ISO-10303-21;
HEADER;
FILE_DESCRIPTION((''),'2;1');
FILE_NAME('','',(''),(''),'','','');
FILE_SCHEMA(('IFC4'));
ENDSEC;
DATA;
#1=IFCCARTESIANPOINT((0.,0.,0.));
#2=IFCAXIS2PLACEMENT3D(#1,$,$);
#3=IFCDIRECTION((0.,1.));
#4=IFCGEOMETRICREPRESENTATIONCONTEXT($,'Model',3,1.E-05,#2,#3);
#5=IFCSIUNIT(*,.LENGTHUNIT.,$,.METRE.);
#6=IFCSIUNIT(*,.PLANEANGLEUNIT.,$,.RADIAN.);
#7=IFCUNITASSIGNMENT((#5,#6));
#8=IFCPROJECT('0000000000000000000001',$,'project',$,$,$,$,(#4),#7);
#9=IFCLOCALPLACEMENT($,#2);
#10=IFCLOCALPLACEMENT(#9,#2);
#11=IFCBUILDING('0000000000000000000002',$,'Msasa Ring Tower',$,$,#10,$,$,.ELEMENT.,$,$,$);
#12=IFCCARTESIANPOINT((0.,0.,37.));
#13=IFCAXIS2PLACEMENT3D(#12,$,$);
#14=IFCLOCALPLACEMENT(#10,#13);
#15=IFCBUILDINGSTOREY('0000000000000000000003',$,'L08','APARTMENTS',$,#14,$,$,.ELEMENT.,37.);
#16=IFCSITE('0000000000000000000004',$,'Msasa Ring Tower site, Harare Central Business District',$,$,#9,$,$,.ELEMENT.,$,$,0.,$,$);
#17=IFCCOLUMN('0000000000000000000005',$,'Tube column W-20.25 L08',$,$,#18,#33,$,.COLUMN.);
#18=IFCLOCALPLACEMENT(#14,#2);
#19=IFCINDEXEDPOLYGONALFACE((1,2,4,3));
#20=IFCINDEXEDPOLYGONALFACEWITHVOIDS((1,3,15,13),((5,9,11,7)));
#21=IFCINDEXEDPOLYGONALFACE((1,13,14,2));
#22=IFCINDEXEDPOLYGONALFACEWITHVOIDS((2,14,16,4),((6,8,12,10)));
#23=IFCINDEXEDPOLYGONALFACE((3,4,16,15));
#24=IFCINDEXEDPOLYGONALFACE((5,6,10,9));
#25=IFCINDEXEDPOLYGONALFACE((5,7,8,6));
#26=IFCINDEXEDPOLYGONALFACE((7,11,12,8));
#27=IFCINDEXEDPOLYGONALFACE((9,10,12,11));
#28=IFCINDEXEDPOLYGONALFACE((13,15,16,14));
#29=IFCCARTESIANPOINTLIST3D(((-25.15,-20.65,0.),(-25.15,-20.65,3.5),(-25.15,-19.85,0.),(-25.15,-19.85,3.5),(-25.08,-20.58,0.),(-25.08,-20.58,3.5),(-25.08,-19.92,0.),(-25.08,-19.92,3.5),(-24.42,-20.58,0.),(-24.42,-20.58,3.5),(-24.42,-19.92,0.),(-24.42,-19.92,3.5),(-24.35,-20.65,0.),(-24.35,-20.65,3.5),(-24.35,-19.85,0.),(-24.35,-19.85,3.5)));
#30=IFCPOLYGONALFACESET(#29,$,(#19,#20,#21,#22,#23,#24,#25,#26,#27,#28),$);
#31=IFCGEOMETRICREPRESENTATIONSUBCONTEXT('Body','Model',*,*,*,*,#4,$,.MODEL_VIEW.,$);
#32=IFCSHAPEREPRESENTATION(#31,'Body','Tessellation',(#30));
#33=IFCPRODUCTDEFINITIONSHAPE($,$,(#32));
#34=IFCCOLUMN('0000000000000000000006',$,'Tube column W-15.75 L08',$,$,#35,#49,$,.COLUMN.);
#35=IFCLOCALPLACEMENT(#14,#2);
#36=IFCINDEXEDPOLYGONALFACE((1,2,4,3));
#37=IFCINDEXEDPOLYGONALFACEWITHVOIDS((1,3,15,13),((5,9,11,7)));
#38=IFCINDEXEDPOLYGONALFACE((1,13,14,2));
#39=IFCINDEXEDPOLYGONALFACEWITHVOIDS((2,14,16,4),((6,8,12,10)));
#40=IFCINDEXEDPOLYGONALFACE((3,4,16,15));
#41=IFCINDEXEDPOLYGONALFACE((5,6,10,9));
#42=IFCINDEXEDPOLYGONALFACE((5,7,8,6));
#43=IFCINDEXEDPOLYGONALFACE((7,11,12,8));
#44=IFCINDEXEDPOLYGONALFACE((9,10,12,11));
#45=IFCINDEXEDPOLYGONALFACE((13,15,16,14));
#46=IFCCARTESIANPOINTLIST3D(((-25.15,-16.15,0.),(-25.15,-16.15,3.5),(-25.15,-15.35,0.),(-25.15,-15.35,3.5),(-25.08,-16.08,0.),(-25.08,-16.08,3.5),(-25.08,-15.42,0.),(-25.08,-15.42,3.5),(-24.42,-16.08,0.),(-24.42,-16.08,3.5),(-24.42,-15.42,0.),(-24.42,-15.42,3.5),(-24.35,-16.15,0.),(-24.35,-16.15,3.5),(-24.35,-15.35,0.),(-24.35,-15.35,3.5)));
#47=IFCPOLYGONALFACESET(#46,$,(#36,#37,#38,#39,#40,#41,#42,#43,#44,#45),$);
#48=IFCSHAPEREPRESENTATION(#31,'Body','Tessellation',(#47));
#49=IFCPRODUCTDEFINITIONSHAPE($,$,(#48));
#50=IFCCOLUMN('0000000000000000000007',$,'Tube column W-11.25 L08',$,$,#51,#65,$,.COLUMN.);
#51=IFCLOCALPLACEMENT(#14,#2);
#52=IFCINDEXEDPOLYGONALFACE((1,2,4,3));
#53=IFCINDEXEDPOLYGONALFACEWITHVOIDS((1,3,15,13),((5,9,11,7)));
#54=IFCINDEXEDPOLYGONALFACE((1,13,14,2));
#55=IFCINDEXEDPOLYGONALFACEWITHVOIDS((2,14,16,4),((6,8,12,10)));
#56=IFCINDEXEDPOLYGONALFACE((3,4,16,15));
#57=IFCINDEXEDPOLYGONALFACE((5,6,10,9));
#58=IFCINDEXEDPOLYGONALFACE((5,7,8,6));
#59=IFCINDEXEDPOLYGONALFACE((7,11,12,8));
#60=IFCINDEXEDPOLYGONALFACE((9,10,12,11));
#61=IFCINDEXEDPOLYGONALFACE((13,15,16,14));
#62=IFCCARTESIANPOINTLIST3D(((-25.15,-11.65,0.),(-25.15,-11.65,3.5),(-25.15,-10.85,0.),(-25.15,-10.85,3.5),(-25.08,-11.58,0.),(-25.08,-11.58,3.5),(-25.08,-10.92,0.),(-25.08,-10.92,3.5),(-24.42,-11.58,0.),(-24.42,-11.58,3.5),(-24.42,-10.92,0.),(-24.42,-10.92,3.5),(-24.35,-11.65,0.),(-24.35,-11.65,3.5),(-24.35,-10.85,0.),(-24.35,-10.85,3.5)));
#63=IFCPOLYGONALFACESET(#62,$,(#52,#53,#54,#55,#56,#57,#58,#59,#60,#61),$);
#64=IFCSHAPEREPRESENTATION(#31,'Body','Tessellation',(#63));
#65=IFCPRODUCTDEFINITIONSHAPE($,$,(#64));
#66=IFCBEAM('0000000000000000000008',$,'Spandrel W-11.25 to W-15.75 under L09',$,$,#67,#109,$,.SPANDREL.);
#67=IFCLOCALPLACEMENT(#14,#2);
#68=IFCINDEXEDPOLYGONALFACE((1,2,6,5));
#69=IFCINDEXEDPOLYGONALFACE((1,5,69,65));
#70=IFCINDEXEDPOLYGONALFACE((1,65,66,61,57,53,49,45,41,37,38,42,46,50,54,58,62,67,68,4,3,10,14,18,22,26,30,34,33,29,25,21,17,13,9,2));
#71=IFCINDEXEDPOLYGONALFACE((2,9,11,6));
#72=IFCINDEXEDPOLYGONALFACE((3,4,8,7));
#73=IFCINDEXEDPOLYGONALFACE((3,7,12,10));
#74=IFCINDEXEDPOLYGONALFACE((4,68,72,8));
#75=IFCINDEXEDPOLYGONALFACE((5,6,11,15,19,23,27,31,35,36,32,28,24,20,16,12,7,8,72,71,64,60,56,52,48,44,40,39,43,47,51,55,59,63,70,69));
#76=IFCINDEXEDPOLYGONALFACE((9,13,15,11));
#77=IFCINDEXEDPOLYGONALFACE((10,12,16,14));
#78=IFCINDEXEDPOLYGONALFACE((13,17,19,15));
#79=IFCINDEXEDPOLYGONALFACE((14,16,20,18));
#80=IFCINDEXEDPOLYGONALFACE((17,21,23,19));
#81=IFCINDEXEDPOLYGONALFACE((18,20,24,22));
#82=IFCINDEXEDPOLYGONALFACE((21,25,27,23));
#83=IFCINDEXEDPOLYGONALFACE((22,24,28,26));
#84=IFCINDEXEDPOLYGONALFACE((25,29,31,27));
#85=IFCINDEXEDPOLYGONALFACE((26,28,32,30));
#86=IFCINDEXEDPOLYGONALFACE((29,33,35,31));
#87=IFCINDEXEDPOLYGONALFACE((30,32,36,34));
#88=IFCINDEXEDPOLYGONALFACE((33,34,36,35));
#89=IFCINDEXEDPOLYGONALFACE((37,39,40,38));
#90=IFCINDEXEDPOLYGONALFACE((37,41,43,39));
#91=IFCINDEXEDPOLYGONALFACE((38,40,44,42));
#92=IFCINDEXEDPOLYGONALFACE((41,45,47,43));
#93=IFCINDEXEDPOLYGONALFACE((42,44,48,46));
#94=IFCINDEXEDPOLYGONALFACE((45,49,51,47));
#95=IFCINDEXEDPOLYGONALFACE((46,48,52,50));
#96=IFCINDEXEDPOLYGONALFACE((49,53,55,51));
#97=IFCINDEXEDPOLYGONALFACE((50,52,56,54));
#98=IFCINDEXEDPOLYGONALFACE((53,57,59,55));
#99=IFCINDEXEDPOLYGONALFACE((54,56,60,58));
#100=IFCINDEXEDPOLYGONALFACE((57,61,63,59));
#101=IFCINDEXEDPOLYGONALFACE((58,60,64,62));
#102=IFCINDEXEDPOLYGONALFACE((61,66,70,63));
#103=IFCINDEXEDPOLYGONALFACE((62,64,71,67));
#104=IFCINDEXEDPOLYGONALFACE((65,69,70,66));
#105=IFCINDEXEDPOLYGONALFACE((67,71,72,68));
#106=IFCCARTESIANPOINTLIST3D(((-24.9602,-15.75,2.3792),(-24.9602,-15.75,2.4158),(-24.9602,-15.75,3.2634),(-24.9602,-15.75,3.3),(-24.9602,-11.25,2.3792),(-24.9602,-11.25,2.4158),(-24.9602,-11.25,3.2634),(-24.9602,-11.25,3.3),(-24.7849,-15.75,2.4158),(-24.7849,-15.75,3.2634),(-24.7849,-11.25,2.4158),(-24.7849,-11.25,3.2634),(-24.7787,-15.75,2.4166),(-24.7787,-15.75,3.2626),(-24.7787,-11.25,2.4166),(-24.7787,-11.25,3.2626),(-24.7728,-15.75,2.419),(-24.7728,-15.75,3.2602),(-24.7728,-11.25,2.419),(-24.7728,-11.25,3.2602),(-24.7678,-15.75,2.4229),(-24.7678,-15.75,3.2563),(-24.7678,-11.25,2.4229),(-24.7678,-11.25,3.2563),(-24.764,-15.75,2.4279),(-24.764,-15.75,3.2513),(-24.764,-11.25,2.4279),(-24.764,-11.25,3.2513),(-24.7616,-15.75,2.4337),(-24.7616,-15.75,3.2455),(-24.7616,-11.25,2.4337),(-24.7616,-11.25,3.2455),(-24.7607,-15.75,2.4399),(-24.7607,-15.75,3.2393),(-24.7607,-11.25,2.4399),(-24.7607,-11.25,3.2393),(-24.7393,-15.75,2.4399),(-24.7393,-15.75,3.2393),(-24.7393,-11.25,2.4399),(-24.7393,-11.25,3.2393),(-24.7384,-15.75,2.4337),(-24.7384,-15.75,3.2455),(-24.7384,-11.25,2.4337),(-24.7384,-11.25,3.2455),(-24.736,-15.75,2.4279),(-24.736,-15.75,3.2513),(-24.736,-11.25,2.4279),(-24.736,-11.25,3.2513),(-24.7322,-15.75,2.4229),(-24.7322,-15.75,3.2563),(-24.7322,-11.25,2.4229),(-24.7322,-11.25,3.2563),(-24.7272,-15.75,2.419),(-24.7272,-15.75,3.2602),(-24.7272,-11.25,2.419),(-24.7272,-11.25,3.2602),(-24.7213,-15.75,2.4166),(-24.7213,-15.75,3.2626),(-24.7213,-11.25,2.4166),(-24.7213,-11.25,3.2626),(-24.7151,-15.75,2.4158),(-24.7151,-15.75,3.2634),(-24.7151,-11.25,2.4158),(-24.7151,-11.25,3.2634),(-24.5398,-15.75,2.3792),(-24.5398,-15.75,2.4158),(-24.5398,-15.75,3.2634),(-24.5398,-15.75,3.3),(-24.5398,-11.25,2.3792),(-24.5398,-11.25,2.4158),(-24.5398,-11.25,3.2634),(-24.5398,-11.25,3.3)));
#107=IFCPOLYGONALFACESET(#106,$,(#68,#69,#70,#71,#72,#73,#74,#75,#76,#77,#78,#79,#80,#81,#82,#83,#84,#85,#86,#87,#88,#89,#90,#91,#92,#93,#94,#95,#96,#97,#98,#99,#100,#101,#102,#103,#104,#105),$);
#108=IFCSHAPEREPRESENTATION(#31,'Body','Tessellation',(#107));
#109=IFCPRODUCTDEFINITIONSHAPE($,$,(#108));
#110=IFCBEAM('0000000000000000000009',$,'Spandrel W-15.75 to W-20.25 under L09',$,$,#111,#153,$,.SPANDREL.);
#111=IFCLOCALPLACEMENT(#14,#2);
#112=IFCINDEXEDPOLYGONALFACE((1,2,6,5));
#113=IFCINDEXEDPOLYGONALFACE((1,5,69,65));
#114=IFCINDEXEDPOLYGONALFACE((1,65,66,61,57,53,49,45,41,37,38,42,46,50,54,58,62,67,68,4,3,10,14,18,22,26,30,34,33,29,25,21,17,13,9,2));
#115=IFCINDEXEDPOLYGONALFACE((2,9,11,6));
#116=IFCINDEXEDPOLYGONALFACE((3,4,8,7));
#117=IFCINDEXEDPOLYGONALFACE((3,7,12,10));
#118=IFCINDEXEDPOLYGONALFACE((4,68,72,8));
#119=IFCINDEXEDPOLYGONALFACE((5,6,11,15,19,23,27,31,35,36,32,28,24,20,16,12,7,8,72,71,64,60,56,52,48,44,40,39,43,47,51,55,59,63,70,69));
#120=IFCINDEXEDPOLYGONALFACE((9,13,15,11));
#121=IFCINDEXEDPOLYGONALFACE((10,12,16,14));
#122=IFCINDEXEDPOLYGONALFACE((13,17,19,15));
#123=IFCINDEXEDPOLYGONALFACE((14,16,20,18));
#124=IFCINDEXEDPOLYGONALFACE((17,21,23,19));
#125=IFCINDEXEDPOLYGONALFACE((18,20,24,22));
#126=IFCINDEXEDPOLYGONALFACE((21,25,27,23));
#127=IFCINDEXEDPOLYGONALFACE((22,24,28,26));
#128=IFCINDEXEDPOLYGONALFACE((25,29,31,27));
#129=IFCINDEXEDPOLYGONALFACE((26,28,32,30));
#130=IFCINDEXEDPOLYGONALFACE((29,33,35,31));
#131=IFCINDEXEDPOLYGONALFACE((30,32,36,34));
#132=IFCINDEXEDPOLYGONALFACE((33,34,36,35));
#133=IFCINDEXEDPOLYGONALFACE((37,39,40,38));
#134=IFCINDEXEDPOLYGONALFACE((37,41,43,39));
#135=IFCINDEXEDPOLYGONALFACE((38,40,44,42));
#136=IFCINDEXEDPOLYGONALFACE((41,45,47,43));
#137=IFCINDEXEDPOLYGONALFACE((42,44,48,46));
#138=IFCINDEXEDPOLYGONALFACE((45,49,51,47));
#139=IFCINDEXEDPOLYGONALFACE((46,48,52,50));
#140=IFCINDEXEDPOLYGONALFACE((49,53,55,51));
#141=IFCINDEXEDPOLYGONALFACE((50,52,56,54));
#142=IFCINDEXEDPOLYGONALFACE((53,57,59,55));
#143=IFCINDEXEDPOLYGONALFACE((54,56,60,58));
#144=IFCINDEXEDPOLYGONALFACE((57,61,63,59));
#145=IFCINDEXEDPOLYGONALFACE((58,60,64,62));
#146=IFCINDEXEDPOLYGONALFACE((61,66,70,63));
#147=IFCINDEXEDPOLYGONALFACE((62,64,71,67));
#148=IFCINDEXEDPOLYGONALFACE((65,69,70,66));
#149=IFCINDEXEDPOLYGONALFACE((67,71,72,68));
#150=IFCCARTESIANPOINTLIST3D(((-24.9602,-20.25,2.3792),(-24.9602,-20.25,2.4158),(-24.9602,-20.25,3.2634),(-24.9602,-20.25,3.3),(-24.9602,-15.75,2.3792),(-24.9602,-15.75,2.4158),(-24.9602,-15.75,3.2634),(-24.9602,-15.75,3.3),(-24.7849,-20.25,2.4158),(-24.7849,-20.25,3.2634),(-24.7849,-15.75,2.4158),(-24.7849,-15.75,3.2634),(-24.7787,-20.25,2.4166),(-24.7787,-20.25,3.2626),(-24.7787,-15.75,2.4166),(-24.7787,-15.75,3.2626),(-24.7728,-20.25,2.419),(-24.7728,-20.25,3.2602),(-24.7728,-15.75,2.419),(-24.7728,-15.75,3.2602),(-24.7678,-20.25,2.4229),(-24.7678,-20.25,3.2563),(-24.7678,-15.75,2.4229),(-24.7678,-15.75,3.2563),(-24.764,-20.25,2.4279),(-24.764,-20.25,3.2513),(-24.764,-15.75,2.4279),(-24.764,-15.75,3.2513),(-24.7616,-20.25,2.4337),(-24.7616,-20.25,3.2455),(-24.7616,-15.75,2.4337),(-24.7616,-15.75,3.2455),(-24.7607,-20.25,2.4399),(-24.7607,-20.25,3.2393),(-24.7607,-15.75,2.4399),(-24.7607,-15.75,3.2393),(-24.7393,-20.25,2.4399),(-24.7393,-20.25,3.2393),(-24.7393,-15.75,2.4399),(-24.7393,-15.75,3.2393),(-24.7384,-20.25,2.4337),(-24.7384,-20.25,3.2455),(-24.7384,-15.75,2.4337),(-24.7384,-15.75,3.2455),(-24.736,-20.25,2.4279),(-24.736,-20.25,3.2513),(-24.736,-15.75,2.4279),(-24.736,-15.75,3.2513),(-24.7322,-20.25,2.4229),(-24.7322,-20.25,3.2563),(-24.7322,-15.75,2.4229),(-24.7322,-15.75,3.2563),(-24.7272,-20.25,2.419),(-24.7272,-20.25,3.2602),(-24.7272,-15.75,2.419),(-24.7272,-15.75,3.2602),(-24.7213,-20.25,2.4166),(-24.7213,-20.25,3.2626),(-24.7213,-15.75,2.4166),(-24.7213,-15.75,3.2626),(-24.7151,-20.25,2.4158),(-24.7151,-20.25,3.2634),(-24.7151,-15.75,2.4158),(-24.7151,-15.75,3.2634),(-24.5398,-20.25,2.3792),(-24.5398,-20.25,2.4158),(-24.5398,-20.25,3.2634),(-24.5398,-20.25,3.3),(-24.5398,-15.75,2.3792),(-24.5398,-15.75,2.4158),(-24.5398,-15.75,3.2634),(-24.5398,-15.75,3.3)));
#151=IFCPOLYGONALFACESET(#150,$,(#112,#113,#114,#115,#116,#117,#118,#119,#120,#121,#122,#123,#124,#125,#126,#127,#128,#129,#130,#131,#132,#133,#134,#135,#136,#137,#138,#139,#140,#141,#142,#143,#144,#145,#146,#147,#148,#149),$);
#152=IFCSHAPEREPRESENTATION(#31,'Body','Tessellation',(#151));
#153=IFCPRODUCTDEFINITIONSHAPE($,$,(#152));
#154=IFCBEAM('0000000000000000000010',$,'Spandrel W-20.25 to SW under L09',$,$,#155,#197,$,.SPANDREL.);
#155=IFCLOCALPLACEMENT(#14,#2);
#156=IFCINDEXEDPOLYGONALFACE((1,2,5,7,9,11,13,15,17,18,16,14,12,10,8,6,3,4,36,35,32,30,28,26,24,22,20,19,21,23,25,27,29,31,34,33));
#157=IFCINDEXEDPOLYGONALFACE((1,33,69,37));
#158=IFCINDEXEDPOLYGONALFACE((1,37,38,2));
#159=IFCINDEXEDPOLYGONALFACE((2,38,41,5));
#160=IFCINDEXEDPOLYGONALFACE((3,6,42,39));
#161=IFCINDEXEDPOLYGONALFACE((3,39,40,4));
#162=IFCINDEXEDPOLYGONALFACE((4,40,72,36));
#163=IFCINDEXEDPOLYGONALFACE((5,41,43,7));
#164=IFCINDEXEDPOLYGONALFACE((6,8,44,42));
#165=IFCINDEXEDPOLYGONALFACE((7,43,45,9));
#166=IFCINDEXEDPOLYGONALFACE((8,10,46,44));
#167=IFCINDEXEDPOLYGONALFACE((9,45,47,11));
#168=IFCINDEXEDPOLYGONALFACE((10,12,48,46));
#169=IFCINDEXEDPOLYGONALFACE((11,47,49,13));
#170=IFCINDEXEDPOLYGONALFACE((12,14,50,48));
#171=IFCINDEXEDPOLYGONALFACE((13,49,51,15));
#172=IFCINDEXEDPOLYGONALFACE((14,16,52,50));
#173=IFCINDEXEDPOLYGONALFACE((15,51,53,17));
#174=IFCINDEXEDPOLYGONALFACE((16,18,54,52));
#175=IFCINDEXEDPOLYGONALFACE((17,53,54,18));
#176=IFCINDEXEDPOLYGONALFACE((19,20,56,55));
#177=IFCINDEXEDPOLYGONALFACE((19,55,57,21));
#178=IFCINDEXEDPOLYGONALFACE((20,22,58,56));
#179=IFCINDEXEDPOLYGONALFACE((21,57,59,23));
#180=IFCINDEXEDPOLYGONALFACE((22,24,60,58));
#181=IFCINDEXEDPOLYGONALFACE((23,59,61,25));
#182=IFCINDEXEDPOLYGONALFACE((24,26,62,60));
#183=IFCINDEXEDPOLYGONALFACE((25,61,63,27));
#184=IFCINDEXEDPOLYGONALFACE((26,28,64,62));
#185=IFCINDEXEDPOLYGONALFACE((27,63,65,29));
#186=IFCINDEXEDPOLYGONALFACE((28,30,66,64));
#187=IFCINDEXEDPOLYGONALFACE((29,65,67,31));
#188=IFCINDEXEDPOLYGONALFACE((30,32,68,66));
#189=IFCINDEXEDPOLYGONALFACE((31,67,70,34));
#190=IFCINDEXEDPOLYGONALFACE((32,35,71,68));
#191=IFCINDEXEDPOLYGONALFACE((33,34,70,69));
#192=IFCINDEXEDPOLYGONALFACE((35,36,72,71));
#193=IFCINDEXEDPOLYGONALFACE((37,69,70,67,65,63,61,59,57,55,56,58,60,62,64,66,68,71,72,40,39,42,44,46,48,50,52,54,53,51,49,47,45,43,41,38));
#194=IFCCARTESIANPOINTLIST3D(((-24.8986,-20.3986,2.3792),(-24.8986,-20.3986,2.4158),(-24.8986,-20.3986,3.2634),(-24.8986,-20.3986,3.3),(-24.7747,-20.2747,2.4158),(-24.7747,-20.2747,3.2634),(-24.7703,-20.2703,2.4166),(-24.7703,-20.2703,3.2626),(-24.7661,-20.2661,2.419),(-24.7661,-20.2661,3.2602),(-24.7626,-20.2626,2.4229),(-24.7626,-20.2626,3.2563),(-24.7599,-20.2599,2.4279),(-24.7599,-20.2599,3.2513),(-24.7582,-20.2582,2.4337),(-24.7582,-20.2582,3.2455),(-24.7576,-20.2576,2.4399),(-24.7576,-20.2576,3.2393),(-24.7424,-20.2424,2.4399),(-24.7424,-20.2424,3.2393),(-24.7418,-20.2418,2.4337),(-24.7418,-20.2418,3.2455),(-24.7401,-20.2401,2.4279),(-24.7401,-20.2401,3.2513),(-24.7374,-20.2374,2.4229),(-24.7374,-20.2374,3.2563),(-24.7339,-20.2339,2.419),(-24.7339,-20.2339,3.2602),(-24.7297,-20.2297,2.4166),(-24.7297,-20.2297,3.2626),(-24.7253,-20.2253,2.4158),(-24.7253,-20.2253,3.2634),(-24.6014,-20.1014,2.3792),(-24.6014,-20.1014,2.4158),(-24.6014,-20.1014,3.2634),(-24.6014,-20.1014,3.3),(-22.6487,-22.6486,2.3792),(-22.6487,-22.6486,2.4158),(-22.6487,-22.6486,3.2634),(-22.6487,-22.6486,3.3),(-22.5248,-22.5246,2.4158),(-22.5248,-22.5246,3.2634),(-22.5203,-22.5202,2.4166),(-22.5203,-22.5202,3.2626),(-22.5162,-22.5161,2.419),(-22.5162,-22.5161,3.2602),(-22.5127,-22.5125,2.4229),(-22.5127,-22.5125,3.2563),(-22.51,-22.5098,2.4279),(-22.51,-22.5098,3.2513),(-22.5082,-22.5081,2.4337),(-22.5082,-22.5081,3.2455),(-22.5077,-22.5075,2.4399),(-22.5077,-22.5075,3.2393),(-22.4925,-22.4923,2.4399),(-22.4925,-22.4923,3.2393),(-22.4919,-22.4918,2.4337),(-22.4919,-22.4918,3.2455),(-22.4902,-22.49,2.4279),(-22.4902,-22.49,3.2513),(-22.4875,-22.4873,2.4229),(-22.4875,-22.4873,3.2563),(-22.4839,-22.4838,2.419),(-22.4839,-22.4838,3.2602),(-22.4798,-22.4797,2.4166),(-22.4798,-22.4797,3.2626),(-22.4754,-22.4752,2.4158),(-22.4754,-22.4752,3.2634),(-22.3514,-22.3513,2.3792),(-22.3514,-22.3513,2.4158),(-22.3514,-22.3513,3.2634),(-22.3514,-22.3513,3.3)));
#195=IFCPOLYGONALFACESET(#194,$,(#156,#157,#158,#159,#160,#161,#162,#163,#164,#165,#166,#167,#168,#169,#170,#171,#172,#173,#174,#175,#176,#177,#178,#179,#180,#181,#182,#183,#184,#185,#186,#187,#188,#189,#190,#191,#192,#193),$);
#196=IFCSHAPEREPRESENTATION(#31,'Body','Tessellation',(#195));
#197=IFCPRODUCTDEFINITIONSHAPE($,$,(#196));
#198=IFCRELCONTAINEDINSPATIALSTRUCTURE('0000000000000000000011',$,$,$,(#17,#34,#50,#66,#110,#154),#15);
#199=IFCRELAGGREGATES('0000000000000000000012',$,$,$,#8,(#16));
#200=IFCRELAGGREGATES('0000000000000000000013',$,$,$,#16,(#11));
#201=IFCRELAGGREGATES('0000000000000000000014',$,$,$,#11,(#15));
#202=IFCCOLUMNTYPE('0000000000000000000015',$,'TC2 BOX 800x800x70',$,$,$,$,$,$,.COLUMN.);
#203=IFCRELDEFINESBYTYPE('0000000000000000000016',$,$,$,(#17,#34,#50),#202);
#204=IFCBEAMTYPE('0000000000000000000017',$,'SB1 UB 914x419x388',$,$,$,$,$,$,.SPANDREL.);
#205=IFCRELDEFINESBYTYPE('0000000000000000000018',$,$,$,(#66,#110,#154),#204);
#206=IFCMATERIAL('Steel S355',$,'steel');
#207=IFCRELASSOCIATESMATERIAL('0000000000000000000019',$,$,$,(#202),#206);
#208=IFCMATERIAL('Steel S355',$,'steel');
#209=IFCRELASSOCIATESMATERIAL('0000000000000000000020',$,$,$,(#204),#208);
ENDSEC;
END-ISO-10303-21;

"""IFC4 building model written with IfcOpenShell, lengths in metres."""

from ifc_helpers import new_model, si_unit, direction, frame, origin, origin_2d, place, context, subcontext, project, spatial, hollow_rectangle, i_section, extrude, material, material_profile, profile_set, type_object, element, save


model = new_model("IFC4")

# Units and contexts
model_context = context("Model", 3, precision=1e-05, world=origin(), true_north=direction((0.0, 1.0)))
body_context = subcontext(model_context, "Body", "Model", "MODEL_VIEW")
ifc_project = project(units=[si_unit("LENGTHUNIT", "METRE"), si_unit("PLANEANGLEUNIT", "RADIAN")], contexts=[model_context])

# Site, building, storey
site_placement = place(None, origin())
site = spatial("IfcSite", under=ifc_project, at=site_placement, Name="Msasa Ring Tower site, Harare Central Business District", CompositionType="ELEMENT", RefElevation=0.0)
building_placement = place(site_placement, origin())
building = spatial("IfcBuilding", under=site, at=building_placement, Name="Msasa Ring Tower", CompositionType="ELEMENT")
storey_placement = place(building_placement, frame((0.0, 0.0, 37.0)))
storey = spatial("IfcBuildingStorey", under=building, at=storey_placement, Name="L08", Description="APARTMENTS", CompositionType="ELEMENT", Elevation=37.0)

# Columns
ifc_material_1 = material(Name="Steel S355", Category="steel")
ifc_material_profile_1 = material_profile(ifc_material_1, hollow_rectangle(XDim=0.8, YDim=0.8, WallThickness=0.0701, at=origin_2d()), Name="BOX 800x800x70")
ifc_profile_set_1 = profile_set([ifc_material_profile_1], Name="Steel S355")
column_type = type_object("IfcColumnType", Name="TC2 BOX 800x800x70", PredefinedType="COLUMN", material=ifc_profile_set_1)
for number, where, z_axis, x_axis, name in (
    (1, (-24.75, -20.25, 0.0), (0.0, 0.0, 1.0), (1.0, 0.0, 0.0), "Tube column W-20.25 L08"),
    (2, (-24.75, -15.75, 0.0), (0.0, 0.0, 1.0), (1.0, 0.0, 0.0), "Tube column W-15.75 L08"),
    (3, (-24.75, -11.25, 0.0), (0.0, 0.0, 1.0), (1.0, 0.0, 0.0), "Tube column W-11.25 L08"),
):
    element("IfcColumn", number, at=place(storey_placement, frame(where, z_axis=z_axis, x_axis=x_axis)), inside=storey, type_object=column_type, Name=name, PredefinedType="COLUMN", context=body_context, shape_type="SweptSolid", body=[
        extrude(hollow_rectangle(XDim=0.8, YDim=0.8, WallThickness=0.0701, at=origin_2d()), origin(), (0.0, 0.0, 1.0), 3.5),
    ])

# Beams
ifc_material_2 = material(Name="Steel S355", Category="steel")
ifc_material_profile_2 = material_profile(ifc_material_2, i_section(OverallWidth=0.4204, OverallDepth=0.9209, WebThickness=0.0215, FlangeThickness=0.0366, FilletRadius=0.0242, at=origin_2d()), Name="UB 914x419x388")
ifc_profile_set_2 = profile_set([ifc_material_profile_2], Name="Steel S355")
beam_type = type_object("IfcBeamType", Name="SB1 UB 914x419x388", PredefinedType="SPANDREL", material=ifc_profile_set_2)
for number, where, z_axis, x_axis, name in (
    (4, (-24.75, -11.25, 2.8396), (0.0, -1.0, 0.0), (1.0, 0.0, 0.0), "Spandrel W-11.25 to W-15.75 under L09"),
    (5, (-24.75, -15.75, 2.8396), (0.0, -1.0, 0.0), (1.0, 0.0, 0.0), "Spandrel W-15.75 to W-20.25 under L09"),
):
    element("IfcBeam", number, at=place(storey_placement, frame(where, z_axis=z_axis, x_axis=x_axis)), inside=storey, type_object=beam_type, Name=name, PredefinedType="SPANDREL", context=body_context, shape_type="SweptSolid", body=[
        extrude(i_section(OverallWidth=0.4204, OverallDepth=0.9209, WebThickness=0.0215, FlangeThickness=0.0366, FilletRadius=0.0242, at=origin_2d()), origin(), (0.0, 0.0, 1.0), 4.5),
    ])
beam_placement = place(storey_placement, frame((-24.75, -20.25, 2.8396), z_axis=(0.707107, -0.707107, 0.0), x_axis=(0.707107, 0.707107, 0.0)))
element("IfcBeam", 6, at=beam_placement, inside=storey, type_object=beam_type, Name="Spandrel W-20.25 to SW under L09", PredefinedType="SPANDREL", context=body_context, shape_type="SweptSolid", body=[
    extrude(i_section(OverallWidth=0.4204, OverallDepth=0.9209, WebThickness=0.0215, FlangeThickness=0.0366, FilletRadius=0.0242, at=origin_2d()), origin(), (0.0, 0.0, 1.0), 3.1819),
])

save(model, "model.ifc")
